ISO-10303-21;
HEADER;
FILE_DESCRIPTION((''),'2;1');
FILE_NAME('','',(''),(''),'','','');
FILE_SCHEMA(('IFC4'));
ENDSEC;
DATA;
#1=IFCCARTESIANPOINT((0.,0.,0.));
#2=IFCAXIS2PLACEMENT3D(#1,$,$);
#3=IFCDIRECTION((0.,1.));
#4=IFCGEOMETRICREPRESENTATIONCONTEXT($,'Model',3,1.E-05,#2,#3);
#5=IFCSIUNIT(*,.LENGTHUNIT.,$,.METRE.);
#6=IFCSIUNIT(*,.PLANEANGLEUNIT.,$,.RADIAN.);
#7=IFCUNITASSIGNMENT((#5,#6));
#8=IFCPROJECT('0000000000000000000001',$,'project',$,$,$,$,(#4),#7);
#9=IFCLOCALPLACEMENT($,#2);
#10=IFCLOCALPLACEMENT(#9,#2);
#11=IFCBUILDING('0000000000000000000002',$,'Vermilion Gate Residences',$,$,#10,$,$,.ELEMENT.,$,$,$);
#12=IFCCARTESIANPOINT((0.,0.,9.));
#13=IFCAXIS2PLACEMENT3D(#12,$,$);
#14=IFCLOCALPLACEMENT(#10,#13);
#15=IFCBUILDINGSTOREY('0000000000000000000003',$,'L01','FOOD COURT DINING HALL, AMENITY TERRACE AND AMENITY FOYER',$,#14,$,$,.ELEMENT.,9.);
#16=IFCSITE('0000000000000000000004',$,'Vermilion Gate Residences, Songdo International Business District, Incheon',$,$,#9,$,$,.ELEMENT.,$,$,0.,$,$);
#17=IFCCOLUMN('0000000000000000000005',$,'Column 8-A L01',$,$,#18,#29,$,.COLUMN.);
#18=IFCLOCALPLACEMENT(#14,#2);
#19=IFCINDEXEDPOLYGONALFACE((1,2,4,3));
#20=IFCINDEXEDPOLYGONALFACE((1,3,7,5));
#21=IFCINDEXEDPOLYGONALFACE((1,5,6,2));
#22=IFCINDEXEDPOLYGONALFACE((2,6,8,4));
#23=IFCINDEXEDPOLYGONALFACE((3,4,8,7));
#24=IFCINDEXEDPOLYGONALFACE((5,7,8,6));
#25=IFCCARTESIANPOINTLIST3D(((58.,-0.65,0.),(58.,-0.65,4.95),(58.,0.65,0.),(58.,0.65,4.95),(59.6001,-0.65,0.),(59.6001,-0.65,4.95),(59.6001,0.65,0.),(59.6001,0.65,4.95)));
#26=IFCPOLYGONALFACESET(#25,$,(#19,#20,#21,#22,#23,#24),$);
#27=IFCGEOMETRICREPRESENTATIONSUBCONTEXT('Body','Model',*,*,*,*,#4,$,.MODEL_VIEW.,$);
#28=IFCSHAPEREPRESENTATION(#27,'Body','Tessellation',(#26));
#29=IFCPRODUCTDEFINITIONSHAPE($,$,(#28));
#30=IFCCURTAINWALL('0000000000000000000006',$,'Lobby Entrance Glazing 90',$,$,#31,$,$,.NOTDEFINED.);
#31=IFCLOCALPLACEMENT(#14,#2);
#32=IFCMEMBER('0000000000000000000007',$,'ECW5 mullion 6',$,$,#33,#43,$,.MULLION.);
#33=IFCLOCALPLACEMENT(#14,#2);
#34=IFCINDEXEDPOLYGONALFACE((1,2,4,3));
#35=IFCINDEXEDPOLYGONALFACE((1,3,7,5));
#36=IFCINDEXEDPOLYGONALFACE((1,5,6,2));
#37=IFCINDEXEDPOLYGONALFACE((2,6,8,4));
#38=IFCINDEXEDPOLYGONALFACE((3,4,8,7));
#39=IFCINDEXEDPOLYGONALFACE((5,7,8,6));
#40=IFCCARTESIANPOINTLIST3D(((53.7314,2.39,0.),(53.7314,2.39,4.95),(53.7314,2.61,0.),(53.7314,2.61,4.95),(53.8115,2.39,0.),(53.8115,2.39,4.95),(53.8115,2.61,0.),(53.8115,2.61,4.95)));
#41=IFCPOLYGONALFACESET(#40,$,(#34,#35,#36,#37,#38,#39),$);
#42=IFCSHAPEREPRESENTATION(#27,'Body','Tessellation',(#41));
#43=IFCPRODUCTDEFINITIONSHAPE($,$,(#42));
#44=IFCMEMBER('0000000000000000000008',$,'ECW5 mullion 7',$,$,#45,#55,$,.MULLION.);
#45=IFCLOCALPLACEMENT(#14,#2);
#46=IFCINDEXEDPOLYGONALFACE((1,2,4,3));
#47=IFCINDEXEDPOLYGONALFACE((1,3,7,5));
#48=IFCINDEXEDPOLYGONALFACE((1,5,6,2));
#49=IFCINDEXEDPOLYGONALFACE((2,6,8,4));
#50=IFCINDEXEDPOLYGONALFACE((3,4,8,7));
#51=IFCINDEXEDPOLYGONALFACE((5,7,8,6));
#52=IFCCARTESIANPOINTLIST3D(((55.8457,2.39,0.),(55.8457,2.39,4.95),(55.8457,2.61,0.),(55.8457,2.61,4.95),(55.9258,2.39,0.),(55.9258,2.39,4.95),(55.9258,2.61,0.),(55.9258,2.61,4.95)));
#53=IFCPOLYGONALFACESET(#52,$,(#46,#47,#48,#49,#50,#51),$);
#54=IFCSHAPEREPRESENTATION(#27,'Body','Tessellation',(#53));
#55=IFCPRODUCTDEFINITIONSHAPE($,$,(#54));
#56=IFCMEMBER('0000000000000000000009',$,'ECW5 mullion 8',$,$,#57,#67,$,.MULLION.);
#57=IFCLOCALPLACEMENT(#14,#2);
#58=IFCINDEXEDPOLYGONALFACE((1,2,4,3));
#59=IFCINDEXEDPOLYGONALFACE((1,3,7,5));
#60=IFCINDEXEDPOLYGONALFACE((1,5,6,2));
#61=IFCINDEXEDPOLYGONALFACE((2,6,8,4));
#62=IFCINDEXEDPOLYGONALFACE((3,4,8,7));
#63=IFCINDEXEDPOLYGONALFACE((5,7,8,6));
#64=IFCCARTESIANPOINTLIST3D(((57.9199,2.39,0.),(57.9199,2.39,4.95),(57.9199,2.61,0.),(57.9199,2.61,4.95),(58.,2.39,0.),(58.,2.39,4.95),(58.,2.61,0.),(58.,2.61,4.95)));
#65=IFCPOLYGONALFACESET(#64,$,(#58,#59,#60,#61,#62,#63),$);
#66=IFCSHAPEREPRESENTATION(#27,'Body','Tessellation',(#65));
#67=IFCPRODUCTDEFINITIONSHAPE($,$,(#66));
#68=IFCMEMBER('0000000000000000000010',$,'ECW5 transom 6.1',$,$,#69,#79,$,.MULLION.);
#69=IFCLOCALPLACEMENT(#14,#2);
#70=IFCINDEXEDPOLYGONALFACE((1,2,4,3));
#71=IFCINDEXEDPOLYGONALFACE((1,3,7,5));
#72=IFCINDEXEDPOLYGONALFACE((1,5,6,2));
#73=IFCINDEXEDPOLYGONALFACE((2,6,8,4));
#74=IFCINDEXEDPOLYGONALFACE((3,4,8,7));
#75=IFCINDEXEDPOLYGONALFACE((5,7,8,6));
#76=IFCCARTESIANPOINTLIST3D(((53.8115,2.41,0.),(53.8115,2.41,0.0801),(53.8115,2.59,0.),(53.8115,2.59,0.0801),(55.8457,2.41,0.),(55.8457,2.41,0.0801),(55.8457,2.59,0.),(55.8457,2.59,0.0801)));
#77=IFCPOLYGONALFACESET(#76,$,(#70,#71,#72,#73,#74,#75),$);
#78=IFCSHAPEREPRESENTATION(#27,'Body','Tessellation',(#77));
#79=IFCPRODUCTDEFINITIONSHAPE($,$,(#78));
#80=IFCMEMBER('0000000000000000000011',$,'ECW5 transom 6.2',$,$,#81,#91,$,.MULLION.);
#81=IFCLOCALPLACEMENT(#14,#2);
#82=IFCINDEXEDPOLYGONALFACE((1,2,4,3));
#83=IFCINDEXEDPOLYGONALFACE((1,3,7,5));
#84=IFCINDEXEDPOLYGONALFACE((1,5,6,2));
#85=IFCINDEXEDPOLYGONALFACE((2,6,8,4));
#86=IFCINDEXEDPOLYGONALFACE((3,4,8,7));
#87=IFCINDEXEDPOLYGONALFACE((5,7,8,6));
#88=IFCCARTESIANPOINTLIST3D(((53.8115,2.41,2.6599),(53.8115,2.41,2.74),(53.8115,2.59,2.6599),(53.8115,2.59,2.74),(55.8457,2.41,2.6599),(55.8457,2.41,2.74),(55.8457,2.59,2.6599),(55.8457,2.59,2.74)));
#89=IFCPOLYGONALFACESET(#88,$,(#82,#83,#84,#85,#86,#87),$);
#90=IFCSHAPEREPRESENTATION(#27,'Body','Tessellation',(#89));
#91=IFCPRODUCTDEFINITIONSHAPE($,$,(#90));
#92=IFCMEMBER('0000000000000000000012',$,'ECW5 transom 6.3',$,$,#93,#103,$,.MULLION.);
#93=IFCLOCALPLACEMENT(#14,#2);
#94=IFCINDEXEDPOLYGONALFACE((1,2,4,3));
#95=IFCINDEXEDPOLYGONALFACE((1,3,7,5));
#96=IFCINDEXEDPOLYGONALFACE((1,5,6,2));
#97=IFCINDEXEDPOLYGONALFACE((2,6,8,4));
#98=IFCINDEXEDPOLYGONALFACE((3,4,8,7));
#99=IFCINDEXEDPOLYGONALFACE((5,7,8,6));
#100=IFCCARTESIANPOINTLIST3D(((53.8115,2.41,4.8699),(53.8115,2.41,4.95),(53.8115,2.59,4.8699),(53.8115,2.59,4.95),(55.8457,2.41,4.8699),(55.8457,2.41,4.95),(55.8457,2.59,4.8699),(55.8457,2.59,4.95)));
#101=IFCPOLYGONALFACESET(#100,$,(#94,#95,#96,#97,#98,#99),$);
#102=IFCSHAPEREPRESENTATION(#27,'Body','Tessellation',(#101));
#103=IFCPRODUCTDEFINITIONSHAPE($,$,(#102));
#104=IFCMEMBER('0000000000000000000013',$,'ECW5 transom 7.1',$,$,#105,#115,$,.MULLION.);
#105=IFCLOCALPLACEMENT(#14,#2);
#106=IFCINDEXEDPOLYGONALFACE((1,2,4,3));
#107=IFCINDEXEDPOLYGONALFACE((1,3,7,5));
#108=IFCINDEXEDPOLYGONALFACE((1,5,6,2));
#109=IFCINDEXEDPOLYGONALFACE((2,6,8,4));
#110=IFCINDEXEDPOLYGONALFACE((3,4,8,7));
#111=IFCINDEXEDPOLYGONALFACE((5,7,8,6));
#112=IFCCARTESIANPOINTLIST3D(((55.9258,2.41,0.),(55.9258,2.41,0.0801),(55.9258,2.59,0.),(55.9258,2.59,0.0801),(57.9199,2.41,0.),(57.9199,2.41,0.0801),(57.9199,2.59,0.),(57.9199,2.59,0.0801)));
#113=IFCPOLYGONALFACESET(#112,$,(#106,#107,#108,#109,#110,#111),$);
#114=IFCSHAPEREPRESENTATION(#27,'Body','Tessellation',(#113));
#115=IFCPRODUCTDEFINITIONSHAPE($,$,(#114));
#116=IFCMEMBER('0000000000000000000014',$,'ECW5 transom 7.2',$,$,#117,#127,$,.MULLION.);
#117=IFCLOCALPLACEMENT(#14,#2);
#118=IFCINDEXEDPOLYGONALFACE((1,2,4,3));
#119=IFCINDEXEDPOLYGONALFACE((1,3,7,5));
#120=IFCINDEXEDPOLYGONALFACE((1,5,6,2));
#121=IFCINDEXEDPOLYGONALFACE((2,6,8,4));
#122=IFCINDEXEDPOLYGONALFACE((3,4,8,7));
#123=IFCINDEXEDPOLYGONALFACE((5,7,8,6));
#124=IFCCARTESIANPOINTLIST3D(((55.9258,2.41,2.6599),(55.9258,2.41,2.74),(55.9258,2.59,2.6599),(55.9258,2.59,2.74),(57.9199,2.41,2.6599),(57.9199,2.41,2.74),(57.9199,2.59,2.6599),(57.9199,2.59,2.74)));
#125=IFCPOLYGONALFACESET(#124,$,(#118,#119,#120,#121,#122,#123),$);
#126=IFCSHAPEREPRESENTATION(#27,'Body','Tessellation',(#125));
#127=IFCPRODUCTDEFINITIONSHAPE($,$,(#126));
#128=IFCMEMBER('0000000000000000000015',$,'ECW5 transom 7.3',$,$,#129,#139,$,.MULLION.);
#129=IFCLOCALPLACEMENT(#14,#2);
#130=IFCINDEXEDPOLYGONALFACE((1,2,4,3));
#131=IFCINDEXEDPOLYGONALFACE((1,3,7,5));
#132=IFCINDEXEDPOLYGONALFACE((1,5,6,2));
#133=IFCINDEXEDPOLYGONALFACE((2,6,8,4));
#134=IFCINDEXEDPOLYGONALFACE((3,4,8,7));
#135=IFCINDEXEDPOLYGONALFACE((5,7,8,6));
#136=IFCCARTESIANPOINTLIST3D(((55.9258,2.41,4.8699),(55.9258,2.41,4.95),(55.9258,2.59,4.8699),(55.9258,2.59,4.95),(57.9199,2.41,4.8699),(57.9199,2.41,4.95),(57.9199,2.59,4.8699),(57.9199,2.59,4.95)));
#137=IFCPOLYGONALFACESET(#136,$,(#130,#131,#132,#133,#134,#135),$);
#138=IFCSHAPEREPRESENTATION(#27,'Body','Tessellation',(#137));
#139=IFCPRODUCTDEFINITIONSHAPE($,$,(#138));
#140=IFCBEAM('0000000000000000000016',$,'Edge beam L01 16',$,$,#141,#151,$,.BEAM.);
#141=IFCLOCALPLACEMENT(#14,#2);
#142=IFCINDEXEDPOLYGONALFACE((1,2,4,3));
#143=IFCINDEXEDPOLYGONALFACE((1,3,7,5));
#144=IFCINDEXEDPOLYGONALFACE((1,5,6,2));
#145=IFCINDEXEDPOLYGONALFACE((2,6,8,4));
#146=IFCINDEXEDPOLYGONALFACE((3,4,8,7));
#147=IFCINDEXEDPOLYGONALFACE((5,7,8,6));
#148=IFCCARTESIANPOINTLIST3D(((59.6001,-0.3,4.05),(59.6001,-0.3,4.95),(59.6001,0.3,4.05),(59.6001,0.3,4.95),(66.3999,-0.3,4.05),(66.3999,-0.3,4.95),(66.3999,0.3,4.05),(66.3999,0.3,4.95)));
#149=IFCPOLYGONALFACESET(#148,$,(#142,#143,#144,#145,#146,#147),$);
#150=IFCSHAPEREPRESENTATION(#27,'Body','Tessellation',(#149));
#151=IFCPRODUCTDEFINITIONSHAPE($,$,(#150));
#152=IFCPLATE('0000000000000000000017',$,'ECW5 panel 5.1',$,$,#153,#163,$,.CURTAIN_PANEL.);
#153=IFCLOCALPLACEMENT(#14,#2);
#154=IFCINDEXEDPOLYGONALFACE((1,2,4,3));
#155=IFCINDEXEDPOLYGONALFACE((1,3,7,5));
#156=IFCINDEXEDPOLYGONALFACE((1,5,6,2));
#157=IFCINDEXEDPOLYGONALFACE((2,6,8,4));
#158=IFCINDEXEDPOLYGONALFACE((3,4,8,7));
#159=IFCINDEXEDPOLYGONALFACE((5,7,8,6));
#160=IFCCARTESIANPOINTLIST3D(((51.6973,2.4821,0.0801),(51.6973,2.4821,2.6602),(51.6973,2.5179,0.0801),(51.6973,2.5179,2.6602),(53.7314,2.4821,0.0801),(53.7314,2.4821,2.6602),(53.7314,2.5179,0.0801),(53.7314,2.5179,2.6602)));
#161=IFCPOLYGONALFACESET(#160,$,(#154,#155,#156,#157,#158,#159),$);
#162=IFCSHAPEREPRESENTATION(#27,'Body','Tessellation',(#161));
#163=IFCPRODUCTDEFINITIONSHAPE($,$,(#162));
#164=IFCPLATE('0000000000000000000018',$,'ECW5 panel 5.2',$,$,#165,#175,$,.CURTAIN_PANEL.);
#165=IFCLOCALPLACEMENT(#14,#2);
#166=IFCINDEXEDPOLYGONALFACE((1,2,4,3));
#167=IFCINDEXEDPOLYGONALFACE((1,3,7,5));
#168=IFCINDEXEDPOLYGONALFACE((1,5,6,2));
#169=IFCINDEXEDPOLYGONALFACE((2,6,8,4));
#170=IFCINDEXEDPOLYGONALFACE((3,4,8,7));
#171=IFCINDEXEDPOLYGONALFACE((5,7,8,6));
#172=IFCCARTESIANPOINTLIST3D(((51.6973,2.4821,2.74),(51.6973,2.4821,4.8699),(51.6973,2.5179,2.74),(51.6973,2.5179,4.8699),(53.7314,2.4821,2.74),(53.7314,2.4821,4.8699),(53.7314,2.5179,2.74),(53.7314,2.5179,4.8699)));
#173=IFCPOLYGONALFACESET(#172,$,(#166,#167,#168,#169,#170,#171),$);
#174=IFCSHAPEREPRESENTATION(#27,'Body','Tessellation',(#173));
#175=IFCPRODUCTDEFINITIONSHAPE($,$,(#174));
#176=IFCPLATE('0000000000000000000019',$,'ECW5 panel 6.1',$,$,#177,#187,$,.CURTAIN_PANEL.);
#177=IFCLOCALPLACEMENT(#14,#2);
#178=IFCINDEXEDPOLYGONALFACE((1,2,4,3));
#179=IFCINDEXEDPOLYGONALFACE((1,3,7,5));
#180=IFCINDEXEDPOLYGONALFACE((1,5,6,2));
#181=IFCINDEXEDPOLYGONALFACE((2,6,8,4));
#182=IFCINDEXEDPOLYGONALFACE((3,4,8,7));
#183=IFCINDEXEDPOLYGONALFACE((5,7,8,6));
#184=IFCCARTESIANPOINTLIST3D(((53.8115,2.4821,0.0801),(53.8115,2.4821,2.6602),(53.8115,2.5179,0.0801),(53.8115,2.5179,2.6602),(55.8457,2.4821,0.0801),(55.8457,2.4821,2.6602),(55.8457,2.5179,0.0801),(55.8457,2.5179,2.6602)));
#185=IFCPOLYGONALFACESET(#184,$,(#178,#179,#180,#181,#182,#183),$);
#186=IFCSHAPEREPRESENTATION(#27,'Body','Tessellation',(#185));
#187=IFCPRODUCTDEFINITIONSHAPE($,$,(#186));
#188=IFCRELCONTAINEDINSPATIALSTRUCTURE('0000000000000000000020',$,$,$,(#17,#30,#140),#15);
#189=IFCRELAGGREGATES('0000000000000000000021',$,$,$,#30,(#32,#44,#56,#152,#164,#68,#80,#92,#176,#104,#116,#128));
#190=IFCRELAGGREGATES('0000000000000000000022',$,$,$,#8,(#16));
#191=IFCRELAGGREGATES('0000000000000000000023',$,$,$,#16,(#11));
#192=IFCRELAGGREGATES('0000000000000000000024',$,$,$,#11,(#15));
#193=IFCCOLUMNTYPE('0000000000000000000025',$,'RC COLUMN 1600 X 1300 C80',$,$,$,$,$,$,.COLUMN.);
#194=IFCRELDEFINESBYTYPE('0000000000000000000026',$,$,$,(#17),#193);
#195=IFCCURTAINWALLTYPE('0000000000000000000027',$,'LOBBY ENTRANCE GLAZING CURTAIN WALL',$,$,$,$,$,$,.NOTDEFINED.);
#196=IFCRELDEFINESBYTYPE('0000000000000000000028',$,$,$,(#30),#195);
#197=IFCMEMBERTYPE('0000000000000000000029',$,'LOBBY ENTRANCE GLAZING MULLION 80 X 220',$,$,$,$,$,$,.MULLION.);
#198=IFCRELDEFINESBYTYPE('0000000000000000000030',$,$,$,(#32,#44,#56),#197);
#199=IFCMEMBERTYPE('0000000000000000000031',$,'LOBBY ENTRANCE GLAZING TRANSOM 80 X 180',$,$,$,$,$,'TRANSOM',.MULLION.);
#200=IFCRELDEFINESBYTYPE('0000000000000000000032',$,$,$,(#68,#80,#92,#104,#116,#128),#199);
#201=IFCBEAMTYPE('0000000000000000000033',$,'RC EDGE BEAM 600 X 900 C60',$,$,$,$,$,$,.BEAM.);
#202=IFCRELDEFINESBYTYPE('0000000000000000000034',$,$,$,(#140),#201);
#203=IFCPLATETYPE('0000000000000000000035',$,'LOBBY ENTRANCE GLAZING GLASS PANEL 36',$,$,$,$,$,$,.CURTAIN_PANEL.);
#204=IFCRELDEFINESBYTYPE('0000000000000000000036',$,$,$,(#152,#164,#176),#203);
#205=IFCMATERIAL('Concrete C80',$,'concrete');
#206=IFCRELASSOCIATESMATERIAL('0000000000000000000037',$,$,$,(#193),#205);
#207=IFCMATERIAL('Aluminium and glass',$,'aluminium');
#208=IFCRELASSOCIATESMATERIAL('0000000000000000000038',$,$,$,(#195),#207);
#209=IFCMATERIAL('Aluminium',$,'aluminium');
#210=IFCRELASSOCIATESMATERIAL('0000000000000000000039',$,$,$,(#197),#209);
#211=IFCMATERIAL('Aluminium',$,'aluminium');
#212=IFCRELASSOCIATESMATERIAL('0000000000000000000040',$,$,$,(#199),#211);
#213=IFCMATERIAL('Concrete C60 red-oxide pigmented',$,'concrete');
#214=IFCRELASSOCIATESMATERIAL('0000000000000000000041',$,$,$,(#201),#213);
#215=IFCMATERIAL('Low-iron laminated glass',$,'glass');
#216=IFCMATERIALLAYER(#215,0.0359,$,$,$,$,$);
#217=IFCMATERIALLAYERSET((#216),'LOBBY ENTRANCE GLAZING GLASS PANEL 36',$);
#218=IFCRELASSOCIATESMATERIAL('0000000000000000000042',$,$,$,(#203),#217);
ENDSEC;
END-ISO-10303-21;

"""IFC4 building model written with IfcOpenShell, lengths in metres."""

from ifc_helpers import new_model, si_unit, direction, frame, origin, origin_2d, place, context, subcontext, project, spatial, rectangle, extrude, material, layer, layer_set, material_profile, profile_set, type_object, element, aggregate, save


model = new_model("IFC4")

# Units and contexts
model_context = context("Model", 3, precision=1e-05, world=origin(), true_north=direction((0.0, 1.0)))
body_context = subcontext(model_context, "Body", "Model", "MODEL_VIEW")
ifc_project = project(units=[si_unit("LENGTHUNIT", "METRE"), si_unit("PLANEANGLEUNIT", "RADIAN")], contexts=[model_context])

# Site, building, storey
site_placement = place(None, origin())
site = spatial("IfcSite", under=ifc_project, at=site_placement, Name="Vermilion Gate Residences, Songdo International Business District, Incheon", CompositionType="ELEMENT", RefElevation=0.0)
building_placement = place(site_placement, origin())
building = spatial("IfcBuilding", under=site, at=building_placement, Name="Vermilion Gate Residences", CompositionType="ELEMENT")
storey_placement = place(building_placement, frame((0.0, 0.0, 9.0)))
storey = spatial("IfcBuildingStorey", under=building, at=storey_placement, Name="L01", Description="FOOD COURT DINING HALL, AMENITY TERRACE AND AMENITY FOYER", CompositionType="ELEMENT", Elevation=9.0)

# Column
ifc_material_1 = material(Name="Concrete C80", Category="concrete")
ifc_material_profile_1 = material_profile(ifc_material_1, rectangle(XDim=1.6001, YDim=1.3, at=origin_2d()), Name="RC-1600x1300")
ifc_profile_set_1 = profile_set([ifc_material_profile_1], Name="Concrete C80")
column_type = type_object("IfcColumnType", Name="RC COLUMN 1600 X 1300 C80", PredefinedType="COLUMN", material=ifc_profile_set_1)
column_placement = place(storey_placement, frame((58.8, 0.0, 0.0), z_axis=(0.0, 0.0, 1.0), x_axis=(1.0, 0.0, 0.0)))
element("IfcColumn", 1, at=column_placement, inside=storey, type_object=column_type, Name="Column 8-A L01", PredefinedType="COLUMN", context=body_context, shape_type="SweptSolid", body=[
    extrude(rectangle(XDim=1.6001, YDim=1.3, at=origin_2d()), origin(), (0.0, 0.0, 1.0), 4.95),
])

# Curtain wall, members
ifc_material_2 = material(Name="Aluminium and glass", Category="aluminium")
curtain_wall_type = type_object("IfcCurtainWallType", Name="LOBBY ENTRANCE GLAZING CURTAIN WALL", PredefinedType="NOTDEFINED", material=ifc_material_2)
curtain_wall_placement = place(storey_placement, origin())
curtain_wall = element("IfcCurtainWall", 2, at=curtain_wall_placement, inside=storey, type_object=curtain_wall_type, Name="Lobby Entrance Glazing 90", PredefinedType="NOTDEFINED")
ifc_material_3 = material(Name="Aluminium", Category="aluminium")
ifc_material_profile_2 = material_profile(ifc_material_3, rectangle(XDim=0.22, YDim=0.0801, at=origin_2d()), Name="MULLION 80 X 220")
ifc_profile_set_2 = profile_set([ifc_material_profile_2], Name="Aluminium")
member_type_1 = type_object("IfcMemberType", Name="LOBBY ENTRANCE GLAZING MULLION 80 X 220", PredefinedType="MULLION", material=ifc_profile_set_2)
member_1_placement = place(storey_placement, frame((53.7715, 2.5, 0.0), z_axis=(0.0, 0.0, 1.0), x_axis=(0.0, 1.0, 0.0)))
member_1 = element("IfcMember", 3, at=member_1_placement, type_object=member_type_1, Name="ECW5 mullion 6", PredefinedType="MULLION", context=body_context, shape_type="SweptSolid", body=[
    extrude(rectangle(XDim=0.22, YDim=0.0801, at=origin_2d()), origin(), (0.0, 0.0, 1.0), 4.95),
])
member_2_placement = place(storey_placement, frame((55.8857, 2.5, 0.0), z_axis=(0.0, 0.0, 1.0), x_axis=(0.0, 1.0, 0.0)))
member_2 = element("IfcMember", 4, at=member_2_placement, type_object=member_type_1, Name="ECW5 mullion 7", PredefinedType="MULLION", context=body_context, shape_type="SweptSolid", body=[
    extrude(rectangle(XDim=0.22, YDim=0.0801, at=origin_2d()), origin(), (0.0, 0.0, 1.0), 4.95),
])
member_3_placement = place(storey_placement, frame((57.96, 2.5, 0.0), z_axis=(0.0, 0.0, 1.0), x_axis=(0.0, 1.0, 0.0)))
member_3 = element("IfcMember", 5, at=member_3_placement, type_object=member_type_1, Name="ECW5 mullion 8", PredefinedType="MULLION", context=body_context, shape_type="SweptSolid", body=[
    extrude(rectangle(XDim=0.22, YDim=0.0801, at=origin_2d()), origin(), (0.0, 0.0, 1.0), 4.95),
])
ifc_material_4 = material(Name="Aluminium", Category="aluminium")
ifc_material_profile_3 = material_profile(ifc_material_4, rectangle(XDim=0.1799, YDim=0.0801, at=origin_2d()), Name="TRANSOM 80 X 180")
ifc_profile_set_3 = profile_set([ifc_material_profile_3], Name="Aluminium")
member_type_2 = type_object("IfcMemberType", Name="LOBBY ENTRANCE GLAZING TRANSOM 80 X 180", ElementType="TRANSOM", PredefinedType="MULLION", material=ifc_profile_set_3)
member_4_placement = place(storey_placement, frame((53.8115, 2.5, 0.04), z_axis=(1.0, 0.0, 0.0), x_axis=(0.0, 1.0, 0.0)))
member_4 = element("IfcMember", 6, at=member_4_placement, type_object=member_type_2, Name="ECW5 transom 6.1", PredefinedType="MULLION", context=body_context, shape_type="SweptSolid", body=[
    extrude(rectangle(XDim=0.1799, YDim=0.0801, at=origin_2d()), origin(), (0.0, 0.0, 1.0), 2.0342),
])
member_5_placement = place(storey_placement, frame((53.8115, 2.5, 2.7), z_axis=(1.0, 0.0, 0.0), x_axis=(0.0, 1.0, 0.0)))
member_5 = element("IfcMember", 7, at=member_5_placement, type_object=member_type_2, Name="ECW5 transom 6.2", PredefinedType="MULLION", context=body_context, shape_type="SweptSolid", body=[
    extrude(rectangle(XDim=0.1799, YDim=0.0801, at=origin_2d()), origin(), (0.0, 0.0, 1.0), 2.0342),
])
member_6_placement = place(storey_placement, frame((53.8115, 2.5, 4.9099), z_axis=(1.0, 0.0, 0.0), x_axis=(0.0, 1.0, 0.0)))
member_6 = element("IfcMember", 8, at=member_6_placement, type_object=member_type_2, Name="ECW5 transom 6.3", PredefinedType="MULLION", context=body_context, shape_type="SweptSolid", body=[
    extrude(rectangle(XDim=0.1799, YDim=0.0801, at=origin_2d()), origin(), (0.0, 0.0, 1.0), 2.0342),
])
member_7_placement = place(storey_placement, frame((55.9258, 2.5, 0.04), z_axis=(1.0, 0.0, 0.0), x_axis=(0.0, 1.0, 0.0)))
member_7 = element("IfcMember", 9, at=member_7_placement, type_object=member_type_2, Name="ECW5 transom 7.1", PredefinedType="MULLION", context=body_context, shape_type="SweptSolid", body=[
    extrude(rectangle(XDim=0.1799, YDim=0.0801, at=origin_2d()), origin(), (0.0, 0.0, 1.0), 1.9941),
])
member_8_placement = place(storey_placement, frame((55.9258, 2.5, 2.7), z_axis=(1.0, 0.0, 0.0), x_axis=(0.0, 1.0, 0.0)))
member_8 = element("IfcMember", 10, at=member_8_placement, type_object=member_type_2, Name="ECW5 transom 7.2", PredefinedType="MULLION", context=body_context, shape_type="SweptSolid", body=[
    extrude(rectangle(XDim=0.1799, YDim=0.0801, at=origin_2d()), origin(), (0.0, 0.0, 1.0), 1.9941),
])
member_9_placement = place(storey_placement, frame((55.9258, 2.5, 4.9099), z_axis=(1.0, 0.0, 0.0), x_axis=(0.0, 1.0, 0.0)))
member_9 = element("IfcMember", 11, at=member_9_placement, type_object=member_type_2, Name="ECW5 transom 7.3", PredefinedType="MULLION", context=body_context, shape_type="SweptSolid", body=[
    extrude(rectangle(XDim=0.1799, YDim=0.0801, at=origin_2d()), origin(), (0.0, 0.0, 1.0), 1.9941),
])

# Beam
ifc_material_5 = material(Name="Concrete C60 red-oxide pigmented", Category="concrete")
ifc_material_profile_4 = material_profile(ifc_material_5, rectangle(XDim=0.6001, YDim=0.8999, at=origin_2d()), Name="RC-600x900")
ifc_profile_set_4 = profile_set([ifc_material_profile_4], Name="Concrete C60 red-oxide pigmented")
beam_type = type_object("IfcBeamType", Name="RC EDGE BEAM 600 X 900 C60", PredefinedType="BEAM", material=ifc_profile_set_4)
beam_placement = place(storey_placement, frame((59.6001, 0.0, 4.5), z_axis=(1.0, 0.0, 0.0), x_axis=(0.0, 1.0, 0.0)))
element("IfcBeam", 12, at=beam_placement, inside=storey, type_object=beam_type, Name="Edge beam L01 16", PredefinedType="BEAM", context=body_context, shape_type="SweptSolid", body=[
    extrude(rectangle(XDim=0.6001, YDim=0.8999, at=origin_2d()), origin(), (0.0, 0.0, 1.0), 6.7998),
])

# Plates
ifc_material_6 = material(Name="Low-iron laminated glass", Category="glass")
ifc_layer_1 = layer(ifc_material_6, 0.0359)
ifc_layer_set_1 = layer_set([ifc_layer_1], Name="LOBBY ENTRANCE GLAZING GLASS PANEL 36")
plate_type = type_object("IfcPlateType", Name="LOBBY ENTRANCE GLAZING GLASS PANEL 36", PredefinedType="CURTAIN_PANEL", material=ifc_layer_set_1)
plate_1_placement = place(storey_placement, frame((52.7144, 2.5, 0.0801), z_axis=(0.0, 0.0, 1.0), x_axis=(1.0, 0.0, 0.0)))
plate_1 = element("IfcPlate", 13, at=plate_1_placement, type_object=plate_type, Name="ECW5 panel 5.1", PredefinedType="CURTAIN_PANEL", context=body_context, shape_type="SweptSolid", body=[
    extrude(rectangle(XDim=2.0342, YDim=0.0359, at=origin_2d()), origin(), (0.0, 0.0, 1.0), 2.5801),
])
plate_2_placement = place(storey_placement, frame((52.7144, 2.5, 2.74), z_axis=(0.0, 0.0, 1.0), x_axis=(1.0, 0.0, 0.0)))
plate_2 = element("IfcPlate", 14, at=plate_2_placement, type_object=plate_type, Name="ECW5 panel 5.2", PredefinedType="CURTAIN_PANEL", context=body_context, shape_type="SweptSolid", body=[
    extrude(rectangle(XDim=2.0342, YDim=0.0359, at=origin_2d()), origin(), (0.0, 0.0, 1.0), 2.1299),
])
plate_3_placement = place(storey_placement, frame((54.8286, 2.5, 0.0801), z_axis=(0.0, 0.0, 1.0), x_axis=(1.0, 0.0, 0.0)))
plate_3 = element("IfcPlate", 15, at=plate_3_placement, type_object=plate_type, Name="ECW5 panel 6.1", PredefinedType="CURTAIN_PANEL", context=body_context, shape_type="SweptSolid", body=[
    extrude(rectangle(XDim=2.0342, YDim=0.0359, at=origin_2d()), origin(), (0.0, 0.0, 1.0), 2.5801),
])
aggregate(curtain_wall, [member_1, member_2, member_3, plate_1, plate_2, member_4, member_5, member_6, plate_3, member_7, member_8, member_9])

save(model, "model.ifc")
